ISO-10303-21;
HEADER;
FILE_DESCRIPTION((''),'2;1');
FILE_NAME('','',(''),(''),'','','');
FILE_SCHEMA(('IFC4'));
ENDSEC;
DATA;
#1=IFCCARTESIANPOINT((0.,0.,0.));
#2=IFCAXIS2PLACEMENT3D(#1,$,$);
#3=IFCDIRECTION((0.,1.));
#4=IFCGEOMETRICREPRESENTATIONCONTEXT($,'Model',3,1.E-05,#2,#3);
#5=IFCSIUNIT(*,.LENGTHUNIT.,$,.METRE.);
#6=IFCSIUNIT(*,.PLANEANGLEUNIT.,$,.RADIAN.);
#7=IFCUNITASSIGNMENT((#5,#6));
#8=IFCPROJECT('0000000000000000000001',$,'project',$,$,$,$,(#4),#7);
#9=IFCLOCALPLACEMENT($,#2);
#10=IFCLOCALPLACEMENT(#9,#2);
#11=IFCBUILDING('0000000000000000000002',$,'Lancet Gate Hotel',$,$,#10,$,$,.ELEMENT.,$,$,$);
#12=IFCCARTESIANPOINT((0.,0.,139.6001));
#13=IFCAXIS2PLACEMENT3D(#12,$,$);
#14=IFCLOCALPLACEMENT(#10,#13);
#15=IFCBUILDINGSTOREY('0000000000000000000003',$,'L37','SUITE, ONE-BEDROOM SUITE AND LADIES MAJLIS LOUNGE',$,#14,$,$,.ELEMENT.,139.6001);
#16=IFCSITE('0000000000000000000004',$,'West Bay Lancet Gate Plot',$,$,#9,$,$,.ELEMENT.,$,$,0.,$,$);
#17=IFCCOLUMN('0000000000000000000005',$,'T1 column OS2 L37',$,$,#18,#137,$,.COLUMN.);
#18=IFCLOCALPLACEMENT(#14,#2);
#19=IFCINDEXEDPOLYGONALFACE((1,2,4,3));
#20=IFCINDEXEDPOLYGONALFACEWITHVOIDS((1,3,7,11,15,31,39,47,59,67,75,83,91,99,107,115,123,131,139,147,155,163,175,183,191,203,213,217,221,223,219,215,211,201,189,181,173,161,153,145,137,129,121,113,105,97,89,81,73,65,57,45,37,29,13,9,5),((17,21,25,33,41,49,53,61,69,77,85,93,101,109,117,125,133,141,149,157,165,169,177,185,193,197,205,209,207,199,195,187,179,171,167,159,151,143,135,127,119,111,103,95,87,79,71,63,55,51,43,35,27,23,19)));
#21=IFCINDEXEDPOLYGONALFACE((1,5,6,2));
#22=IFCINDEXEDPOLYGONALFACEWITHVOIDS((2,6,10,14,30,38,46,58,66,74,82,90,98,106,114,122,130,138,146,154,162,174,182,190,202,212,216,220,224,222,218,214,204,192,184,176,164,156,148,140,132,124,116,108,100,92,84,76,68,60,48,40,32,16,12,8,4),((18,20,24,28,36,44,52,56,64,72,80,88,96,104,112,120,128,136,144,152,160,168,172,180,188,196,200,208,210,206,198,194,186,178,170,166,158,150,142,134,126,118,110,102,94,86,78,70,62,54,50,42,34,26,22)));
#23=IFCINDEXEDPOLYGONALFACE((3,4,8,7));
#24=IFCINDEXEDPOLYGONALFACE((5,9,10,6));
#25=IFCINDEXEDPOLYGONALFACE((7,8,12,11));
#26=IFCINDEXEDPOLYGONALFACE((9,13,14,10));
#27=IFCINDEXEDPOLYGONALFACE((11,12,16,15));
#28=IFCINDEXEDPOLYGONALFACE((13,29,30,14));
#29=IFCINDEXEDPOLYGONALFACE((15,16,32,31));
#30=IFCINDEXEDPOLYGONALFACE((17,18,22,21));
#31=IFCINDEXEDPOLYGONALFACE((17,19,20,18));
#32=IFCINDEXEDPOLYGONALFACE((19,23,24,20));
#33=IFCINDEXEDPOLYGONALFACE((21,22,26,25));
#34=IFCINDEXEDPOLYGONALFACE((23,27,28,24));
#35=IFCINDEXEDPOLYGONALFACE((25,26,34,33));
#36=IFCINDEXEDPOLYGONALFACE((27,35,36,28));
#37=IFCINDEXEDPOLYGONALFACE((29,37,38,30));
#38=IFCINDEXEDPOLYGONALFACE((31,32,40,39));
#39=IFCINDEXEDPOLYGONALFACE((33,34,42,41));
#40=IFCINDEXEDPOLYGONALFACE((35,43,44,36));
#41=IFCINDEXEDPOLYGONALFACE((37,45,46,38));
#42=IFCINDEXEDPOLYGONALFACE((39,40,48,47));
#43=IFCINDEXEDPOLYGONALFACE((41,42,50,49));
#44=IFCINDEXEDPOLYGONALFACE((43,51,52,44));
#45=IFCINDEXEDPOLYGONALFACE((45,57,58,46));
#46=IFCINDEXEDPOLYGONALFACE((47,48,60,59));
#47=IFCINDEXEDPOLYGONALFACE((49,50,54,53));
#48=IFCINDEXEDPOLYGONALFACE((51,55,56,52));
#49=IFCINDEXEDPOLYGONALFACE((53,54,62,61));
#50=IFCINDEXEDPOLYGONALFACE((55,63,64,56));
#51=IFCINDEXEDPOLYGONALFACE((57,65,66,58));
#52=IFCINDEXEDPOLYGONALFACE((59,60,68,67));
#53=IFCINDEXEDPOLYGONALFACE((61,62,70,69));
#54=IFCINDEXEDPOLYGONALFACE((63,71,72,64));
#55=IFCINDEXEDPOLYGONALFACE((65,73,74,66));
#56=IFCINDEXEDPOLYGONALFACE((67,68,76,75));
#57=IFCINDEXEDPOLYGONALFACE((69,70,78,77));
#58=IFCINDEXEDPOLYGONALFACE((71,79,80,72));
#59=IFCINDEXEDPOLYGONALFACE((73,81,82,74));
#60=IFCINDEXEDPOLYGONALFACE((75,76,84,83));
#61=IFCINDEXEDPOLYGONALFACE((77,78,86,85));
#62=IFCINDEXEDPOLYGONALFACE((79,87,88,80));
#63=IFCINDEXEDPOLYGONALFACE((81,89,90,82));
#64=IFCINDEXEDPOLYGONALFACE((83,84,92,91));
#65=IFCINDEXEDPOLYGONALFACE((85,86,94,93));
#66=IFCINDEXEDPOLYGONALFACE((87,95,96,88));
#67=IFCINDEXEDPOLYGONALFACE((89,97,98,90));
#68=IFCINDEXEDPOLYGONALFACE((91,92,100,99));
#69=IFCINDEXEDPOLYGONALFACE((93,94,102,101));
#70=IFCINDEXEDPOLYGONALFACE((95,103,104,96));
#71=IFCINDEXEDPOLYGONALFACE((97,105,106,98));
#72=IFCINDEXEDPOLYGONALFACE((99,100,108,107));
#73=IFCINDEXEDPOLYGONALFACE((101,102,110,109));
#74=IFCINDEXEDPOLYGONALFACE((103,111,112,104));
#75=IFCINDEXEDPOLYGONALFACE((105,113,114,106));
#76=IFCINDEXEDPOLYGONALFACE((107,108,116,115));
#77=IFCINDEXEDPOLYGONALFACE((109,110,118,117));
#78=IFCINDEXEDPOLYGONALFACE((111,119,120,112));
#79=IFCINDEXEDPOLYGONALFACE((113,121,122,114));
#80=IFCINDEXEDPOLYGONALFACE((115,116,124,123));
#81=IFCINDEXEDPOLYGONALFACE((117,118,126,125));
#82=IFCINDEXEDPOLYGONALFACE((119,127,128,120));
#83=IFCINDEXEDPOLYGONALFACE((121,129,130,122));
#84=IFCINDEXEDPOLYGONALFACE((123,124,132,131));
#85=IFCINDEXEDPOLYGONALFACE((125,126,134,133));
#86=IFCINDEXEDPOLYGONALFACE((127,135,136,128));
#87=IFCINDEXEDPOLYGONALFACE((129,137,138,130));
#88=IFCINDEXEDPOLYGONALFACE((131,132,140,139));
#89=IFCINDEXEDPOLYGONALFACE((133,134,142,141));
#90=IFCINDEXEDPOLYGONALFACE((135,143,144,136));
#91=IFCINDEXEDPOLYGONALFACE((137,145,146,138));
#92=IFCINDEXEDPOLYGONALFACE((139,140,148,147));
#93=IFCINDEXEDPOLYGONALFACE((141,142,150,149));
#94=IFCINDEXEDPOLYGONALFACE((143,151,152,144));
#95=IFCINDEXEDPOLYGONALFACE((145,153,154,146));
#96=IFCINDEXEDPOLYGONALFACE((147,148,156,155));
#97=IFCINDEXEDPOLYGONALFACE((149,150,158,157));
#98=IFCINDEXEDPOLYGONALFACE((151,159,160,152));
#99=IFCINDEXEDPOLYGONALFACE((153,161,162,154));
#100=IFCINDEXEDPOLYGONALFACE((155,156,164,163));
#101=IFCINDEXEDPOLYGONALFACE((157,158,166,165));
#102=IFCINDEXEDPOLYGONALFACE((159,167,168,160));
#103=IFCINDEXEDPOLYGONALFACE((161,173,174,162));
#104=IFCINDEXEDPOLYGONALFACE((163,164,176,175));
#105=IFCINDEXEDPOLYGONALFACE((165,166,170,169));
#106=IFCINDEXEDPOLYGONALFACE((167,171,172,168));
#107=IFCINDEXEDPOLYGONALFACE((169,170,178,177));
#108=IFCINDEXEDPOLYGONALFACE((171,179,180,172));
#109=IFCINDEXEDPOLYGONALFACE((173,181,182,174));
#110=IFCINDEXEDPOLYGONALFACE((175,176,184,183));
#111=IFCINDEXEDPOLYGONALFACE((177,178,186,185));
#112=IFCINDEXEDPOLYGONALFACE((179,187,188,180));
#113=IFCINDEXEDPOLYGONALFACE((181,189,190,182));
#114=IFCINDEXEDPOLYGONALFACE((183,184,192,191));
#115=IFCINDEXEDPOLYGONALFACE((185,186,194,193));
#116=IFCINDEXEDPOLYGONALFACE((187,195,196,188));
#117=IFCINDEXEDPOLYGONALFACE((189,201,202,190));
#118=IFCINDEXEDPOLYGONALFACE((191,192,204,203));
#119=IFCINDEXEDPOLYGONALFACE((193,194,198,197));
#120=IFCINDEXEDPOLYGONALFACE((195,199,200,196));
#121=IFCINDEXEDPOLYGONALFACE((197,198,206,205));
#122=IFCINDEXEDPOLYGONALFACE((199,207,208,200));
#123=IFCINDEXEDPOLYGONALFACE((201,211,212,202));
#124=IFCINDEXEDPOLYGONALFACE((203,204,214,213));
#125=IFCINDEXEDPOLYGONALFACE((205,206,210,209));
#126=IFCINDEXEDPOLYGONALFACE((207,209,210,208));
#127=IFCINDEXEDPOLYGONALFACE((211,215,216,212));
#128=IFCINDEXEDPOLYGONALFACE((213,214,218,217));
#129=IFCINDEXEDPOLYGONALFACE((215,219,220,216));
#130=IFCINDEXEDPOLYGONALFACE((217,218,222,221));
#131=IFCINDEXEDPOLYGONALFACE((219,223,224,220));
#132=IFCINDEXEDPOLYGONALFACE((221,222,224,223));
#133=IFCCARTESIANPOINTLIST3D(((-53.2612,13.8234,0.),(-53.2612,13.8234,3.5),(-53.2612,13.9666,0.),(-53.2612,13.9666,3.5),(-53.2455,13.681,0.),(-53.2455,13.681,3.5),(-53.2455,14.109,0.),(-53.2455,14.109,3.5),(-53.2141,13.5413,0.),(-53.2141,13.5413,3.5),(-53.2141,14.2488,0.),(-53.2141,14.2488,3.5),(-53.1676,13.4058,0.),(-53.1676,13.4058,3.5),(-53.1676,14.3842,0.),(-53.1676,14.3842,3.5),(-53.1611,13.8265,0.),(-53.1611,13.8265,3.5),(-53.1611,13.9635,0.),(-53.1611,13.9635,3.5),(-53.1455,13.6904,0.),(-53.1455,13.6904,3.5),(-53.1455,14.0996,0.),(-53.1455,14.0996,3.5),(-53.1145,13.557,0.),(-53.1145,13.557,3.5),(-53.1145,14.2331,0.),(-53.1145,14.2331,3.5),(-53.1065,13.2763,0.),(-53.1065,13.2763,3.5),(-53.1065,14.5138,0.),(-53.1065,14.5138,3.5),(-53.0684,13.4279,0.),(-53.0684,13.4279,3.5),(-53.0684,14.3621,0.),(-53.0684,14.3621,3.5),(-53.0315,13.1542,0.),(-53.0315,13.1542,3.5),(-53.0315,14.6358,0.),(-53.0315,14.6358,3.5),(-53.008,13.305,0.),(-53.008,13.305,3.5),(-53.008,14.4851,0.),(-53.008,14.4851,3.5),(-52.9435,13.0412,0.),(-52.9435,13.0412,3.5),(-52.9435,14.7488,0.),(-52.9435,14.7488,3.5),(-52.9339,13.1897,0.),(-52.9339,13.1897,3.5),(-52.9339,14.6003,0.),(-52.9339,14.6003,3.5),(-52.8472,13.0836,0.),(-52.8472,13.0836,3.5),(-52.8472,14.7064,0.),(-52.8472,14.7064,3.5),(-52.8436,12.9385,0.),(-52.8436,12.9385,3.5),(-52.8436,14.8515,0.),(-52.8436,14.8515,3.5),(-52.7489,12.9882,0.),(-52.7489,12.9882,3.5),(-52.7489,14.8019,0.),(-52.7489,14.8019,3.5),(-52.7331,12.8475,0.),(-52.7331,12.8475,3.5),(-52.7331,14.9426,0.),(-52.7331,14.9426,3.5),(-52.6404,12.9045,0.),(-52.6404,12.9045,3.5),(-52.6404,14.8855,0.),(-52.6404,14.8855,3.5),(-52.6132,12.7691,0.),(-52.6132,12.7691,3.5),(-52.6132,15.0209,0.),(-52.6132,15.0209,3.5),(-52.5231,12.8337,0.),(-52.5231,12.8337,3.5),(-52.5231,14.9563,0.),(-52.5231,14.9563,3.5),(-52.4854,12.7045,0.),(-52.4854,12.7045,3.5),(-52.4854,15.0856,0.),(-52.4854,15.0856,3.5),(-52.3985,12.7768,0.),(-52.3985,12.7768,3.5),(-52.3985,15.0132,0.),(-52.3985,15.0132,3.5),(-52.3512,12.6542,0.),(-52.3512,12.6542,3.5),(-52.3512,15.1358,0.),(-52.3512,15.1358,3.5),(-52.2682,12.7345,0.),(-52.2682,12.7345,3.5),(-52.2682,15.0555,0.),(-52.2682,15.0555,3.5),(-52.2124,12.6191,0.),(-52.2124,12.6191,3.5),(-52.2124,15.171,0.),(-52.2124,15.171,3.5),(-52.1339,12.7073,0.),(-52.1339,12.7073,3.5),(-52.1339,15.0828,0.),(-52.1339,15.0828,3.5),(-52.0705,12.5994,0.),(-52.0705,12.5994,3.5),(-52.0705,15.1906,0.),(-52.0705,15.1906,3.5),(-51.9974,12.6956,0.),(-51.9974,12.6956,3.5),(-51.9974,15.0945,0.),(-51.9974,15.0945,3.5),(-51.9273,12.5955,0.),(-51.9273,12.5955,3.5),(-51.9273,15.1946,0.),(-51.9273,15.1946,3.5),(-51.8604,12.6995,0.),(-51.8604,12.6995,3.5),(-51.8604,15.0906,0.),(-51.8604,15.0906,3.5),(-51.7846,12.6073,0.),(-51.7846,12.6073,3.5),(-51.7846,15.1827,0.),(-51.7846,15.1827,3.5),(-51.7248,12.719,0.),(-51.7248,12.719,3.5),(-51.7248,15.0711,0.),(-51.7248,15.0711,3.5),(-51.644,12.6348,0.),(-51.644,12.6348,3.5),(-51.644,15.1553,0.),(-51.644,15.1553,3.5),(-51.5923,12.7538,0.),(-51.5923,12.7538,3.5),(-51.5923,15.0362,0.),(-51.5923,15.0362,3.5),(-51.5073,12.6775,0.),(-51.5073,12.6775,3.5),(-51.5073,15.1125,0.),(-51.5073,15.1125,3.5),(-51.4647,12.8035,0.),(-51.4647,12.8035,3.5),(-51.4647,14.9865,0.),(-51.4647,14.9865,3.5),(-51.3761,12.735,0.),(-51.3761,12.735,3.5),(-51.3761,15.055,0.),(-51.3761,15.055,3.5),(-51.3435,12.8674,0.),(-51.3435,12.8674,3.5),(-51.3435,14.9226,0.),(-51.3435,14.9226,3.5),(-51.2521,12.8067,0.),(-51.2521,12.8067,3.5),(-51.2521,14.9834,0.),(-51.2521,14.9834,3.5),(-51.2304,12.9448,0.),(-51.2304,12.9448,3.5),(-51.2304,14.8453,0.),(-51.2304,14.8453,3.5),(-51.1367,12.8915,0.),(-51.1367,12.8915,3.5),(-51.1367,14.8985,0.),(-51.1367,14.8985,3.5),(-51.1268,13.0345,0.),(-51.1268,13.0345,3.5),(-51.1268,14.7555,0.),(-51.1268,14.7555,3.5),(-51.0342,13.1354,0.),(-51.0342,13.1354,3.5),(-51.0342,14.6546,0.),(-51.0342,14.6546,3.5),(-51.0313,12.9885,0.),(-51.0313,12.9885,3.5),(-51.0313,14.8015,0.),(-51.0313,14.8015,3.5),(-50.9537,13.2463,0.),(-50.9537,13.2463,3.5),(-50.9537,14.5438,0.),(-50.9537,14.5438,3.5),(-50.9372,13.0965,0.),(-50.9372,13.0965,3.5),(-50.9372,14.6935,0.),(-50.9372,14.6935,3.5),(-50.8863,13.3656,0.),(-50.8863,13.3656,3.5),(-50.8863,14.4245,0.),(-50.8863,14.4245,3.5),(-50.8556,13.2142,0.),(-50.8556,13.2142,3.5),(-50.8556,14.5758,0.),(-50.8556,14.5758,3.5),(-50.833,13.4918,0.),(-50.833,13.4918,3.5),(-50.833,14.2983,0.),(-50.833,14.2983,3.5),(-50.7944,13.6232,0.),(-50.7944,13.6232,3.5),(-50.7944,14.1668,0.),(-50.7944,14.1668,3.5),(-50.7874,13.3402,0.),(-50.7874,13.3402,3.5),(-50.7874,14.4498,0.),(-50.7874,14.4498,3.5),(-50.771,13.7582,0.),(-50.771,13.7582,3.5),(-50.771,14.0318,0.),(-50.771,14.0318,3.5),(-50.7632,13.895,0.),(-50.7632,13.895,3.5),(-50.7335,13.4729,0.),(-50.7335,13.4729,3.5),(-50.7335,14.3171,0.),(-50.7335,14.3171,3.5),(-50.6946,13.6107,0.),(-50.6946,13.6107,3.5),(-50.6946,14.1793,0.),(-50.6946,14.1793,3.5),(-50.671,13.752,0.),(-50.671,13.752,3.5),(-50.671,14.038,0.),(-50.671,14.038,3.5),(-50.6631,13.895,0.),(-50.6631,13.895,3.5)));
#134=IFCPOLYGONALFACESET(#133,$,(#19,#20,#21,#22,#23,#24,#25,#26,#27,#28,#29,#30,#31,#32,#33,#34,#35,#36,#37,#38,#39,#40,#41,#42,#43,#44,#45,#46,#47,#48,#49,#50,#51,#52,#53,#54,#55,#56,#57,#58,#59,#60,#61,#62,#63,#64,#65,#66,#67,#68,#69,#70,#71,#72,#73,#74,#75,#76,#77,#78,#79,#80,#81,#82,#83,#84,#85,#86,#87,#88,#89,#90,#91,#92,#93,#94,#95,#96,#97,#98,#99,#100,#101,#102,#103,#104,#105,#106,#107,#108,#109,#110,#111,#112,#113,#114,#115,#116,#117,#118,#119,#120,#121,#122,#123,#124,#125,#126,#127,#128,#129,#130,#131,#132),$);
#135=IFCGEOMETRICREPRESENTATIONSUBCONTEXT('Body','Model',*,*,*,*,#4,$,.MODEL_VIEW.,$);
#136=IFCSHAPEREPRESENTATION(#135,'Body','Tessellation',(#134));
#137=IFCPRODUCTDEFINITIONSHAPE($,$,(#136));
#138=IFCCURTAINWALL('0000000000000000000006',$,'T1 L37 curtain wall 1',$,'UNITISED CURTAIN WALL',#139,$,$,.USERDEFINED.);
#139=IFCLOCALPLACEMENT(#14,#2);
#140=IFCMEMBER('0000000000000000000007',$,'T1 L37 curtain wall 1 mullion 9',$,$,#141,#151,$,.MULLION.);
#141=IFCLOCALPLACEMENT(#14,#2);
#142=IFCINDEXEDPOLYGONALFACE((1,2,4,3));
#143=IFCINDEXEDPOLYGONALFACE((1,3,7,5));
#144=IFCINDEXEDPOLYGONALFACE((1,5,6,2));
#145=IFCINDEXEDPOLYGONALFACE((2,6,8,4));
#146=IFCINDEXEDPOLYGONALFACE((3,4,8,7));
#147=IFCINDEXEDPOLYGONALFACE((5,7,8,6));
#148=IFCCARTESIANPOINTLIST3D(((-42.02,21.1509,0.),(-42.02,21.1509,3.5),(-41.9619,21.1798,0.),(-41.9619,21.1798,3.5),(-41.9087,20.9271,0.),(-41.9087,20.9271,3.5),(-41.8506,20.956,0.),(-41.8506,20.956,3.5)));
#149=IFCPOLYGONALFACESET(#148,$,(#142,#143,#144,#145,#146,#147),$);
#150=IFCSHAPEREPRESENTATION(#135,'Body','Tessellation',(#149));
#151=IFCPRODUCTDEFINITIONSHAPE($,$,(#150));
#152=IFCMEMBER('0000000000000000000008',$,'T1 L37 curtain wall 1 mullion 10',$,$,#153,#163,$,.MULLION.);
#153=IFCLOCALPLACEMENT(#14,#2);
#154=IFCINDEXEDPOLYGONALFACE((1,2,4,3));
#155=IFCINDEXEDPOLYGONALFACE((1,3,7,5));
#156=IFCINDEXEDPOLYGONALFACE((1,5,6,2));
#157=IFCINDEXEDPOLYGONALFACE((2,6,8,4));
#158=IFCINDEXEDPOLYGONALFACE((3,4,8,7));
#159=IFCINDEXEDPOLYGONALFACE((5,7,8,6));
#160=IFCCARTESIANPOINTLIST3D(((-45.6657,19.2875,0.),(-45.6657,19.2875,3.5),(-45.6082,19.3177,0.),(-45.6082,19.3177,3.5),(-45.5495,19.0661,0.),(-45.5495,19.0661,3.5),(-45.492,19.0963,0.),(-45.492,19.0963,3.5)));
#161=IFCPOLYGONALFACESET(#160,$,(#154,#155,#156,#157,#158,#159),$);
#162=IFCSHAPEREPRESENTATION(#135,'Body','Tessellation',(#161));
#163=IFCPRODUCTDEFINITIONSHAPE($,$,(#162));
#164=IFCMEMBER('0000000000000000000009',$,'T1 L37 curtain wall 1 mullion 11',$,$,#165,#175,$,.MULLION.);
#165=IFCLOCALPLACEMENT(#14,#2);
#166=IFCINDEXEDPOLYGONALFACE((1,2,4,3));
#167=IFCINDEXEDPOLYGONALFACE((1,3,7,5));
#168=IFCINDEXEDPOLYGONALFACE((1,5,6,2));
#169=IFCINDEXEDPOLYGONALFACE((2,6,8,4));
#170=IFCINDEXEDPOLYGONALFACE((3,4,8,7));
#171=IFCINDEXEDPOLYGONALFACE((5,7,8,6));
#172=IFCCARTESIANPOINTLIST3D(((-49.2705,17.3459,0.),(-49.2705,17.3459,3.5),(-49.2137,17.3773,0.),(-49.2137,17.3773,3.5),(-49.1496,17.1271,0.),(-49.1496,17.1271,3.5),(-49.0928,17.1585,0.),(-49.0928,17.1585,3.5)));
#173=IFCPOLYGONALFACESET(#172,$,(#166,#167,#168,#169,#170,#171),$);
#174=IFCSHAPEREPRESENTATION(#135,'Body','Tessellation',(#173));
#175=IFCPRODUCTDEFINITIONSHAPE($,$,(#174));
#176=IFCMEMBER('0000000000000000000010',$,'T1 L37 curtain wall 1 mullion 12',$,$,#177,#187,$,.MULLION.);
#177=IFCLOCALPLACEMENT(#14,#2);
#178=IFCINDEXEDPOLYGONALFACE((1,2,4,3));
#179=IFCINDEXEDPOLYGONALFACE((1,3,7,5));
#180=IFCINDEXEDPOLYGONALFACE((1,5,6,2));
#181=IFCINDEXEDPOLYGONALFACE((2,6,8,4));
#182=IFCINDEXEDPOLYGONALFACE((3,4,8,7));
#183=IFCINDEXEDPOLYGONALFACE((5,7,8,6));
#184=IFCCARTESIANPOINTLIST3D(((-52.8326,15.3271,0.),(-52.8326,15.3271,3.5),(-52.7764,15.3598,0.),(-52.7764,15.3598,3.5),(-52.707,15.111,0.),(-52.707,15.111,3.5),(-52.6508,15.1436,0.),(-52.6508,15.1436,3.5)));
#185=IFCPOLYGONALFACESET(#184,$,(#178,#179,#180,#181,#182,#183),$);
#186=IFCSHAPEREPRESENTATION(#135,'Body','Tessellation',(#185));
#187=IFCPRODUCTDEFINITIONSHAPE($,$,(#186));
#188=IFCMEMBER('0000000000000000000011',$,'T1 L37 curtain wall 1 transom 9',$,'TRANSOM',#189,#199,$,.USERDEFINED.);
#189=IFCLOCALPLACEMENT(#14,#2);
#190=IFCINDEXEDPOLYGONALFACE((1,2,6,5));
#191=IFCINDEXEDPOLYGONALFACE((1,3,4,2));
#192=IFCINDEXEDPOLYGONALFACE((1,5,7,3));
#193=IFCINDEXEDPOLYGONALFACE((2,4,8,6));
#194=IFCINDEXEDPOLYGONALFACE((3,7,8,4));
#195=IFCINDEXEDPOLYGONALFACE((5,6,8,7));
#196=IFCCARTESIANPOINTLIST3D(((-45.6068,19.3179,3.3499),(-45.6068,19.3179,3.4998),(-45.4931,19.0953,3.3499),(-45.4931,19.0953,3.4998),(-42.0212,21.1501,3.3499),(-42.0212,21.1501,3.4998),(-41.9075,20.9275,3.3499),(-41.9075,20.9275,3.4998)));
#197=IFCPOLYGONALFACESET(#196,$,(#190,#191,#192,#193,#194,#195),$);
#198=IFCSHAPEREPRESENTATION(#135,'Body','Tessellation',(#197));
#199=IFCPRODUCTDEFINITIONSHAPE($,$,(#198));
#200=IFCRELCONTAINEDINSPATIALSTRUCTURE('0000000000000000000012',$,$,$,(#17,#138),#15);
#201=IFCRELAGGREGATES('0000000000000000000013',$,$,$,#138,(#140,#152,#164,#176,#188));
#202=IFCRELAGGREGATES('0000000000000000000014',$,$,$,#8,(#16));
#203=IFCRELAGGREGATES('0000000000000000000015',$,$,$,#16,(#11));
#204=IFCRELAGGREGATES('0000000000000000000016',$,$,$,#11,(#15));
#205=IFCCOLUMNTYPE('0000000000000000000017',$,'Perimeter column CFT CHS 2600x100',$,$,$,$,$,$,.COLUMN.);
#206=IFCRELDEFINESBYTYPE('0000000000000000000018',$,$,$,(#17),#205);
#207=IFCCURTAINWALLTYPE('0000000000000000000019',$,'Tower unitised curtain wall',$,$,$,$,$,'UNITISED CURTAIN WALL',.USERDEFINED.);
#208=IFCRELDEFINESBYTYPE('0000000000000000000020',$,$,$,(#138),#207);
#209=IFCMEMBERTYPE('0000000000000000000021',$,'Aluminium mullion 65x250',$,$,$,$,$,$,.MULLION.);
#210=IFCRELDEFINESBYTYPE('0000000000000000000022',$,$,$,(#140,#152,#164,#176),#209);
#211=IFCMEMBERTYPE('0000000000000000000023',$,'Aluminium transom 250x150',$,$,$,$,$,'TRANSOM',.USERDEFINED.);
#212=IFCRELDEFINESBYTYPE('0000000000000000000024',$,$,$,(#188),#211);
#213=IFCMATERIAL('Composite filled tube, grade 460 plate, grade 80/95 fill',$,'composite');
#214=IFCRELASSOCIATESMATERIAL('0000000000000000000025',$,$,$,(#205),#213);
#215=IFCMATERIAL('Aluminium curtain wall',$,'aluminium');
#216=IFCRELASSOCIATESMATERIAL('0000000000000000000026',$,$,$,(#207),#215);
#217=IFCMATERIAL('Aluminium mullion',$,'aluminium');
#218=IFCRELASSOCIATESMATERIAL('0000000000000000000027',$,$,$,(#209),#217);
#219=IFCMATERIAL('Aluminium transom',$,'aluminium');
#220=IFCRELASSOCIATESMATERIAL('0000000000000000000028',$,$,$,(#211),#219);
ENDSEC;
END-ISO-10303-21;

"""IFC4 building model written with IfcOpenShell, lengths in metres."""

from ifc_helpers import new_model, si_unit, direction, frame, origin, origin_2d, place, context, subcontext, project, spatial, rectangle, hollow_circle, extrude, material, material_profile, profile_set, type_object, element, aggregate, save


model = new_model("IFC4")

# Units and contexts
model_context = context("Model", 3, precision=1e-05, world=origin(), true_north=direction((0.0, 1.0)))
body_context = subcontext(model_context, "Body", "Model", "MODEL_VIEW")
ifc_project = project(units=[si_unit("LENGTHUNIT", "METRE"), si_unit("PLANEANGLEUNIT", "RADIAN")], contexts=[model_context])

# Site, building, storey
site_placement = place(None, origin())
site = spatial("IfcSite", under=ifc_project, at=site_placement, Name="West Bay Lancet Gate Plot", CompositionType="ELEMENT", RefElevation=0.0)
building_placement = place(site_placement, origin())
building = spatial("IfcBuilding", under=site, at=building_placement, Name="Lancet Gate Hotel", CompositionType="ELEMENT")
storey_placement = place(building_placement, frame((0.0, 0.0, 139.6001)))
storey = spatial("IfcBuildingStorey", under=building, at=storey_placement, Name="L37", Description="SUITE, ONE-BEDROOM SUITE AND LADIES MAJLIS LOUNGE", CompositionType="ELEMENT", Elevation=139.6001)

# Column
ifc_material_1 = material(Name="Composite filled tube, grade 460 plate, grade 80/95 fill", Category="composite")
ifc_material_profile_1 = material_profile(ifc_material_1, hollow_circle(Radius=1.3, WallThickness=0.1001, at=origin_2d()), Name="CHS 2600x100")
ifc_profile_set_1 = profile_set([ifc_material_profile_1], Name="Composite filled tube, grade 460 plate, grade 80/95 fill")
column_type = type_object("IfcColumnType", Name="Perimeter column CFT CHS 2600x100", PredefinedType="COLUMN", material=ifc_profile_set_1)
for number, where, z_axis, x_axis, name in (
    (1, (-51.9631, 13.895, 0.0), (0.0, 0.0, 1.0), (1.0, 0.0, 0.0), "T1 column OS2 L37"),
):
    element("IfcColumn", number, at=place(storey_placement, frame(where, z_axis=z_axis, x_axis=x_axis)), inside=storey, type_object=column_type, Name=name, PredefinedType="COLUMN", context=body_context, shape_type="SweptSolid", body=[
        extrude(hollow_circle(Radius=1.3, WallThickness=0.1001, at=origin_2d()), origin(), (0.0, 0.0, 1.0), 3.5),
    ])

# Curtain wall, members
ifc_material_2 = material(Name="Aluminium curtain wall", Category="aluminium")
curtain_wall_type = type_object("IfcCurtainWallType", Name="Tower unitised curtain wall", ElementType="UNITISED CURTAIN WALL", PredefinedType="USERDEFINED", material=ifc_material_2)
curtain_wall_placement = place(storey_placement, origin())
curtain_wall = element("IfcCurtainWall", 2, at=curtain_wall_placement, inside=storey, type_object=curtain_wall_type, Name="T1 L37 curtain wall 1", ObjectType="UNITISED CURTAIN WALL", PredefinedType="USERDEFINED")
ifc_material_3 = material(Name="Aluminium mullion", Category="aluminium")
ifc_material_profile_2 = material_profile(ifc_material_3, rectangle(XDim=0.0649, YDim=0.25, at=origin_2d()), Name="MULLION 65x250")
ifc_profile_set_2 = profile_set([ifc_material_profile_2], Name="Aluminium mullion")
member_type_1 = type_object("IfcMemberType", Name="Aluminium mullion 65x250", PredefinedType="MULLION", material=ifc_profile_set_2)
member_1_placement = place(storey_placement, frame((-41.9353, 21.0535, 0.0), z_axis=(0.0, 0.0, 1.0), x_axis=(-0.895339, -0.445384, 0.0)))
member_1 = element("IfcMember", 3, at=member_1_placement, type_object=member_type_1, Name="T1 L37 curtain wall 1 mullion 9", PredefinedType="MULLION", context=body_context, shape_type="SweptSolid", body=[
    extrude(rectangle(XDim=0.0649, YDim=0.25, at=origin_2d()), origin(), (0.0, 0.0, 1.0), 3.5),
])
member_2_placement = place(storey_placement, frame((-45.5789, 19.1919, 0.0), z_axis=(0.0, 0.0, 1.0), x_axis=(-0.885544, -0.464555, 0.0)))
member_2 = element("IfcMember", 4, at=member_2_placement, type_object=member_type_1, Name="T1 L37 curtain wall 1 mullion 10", PredefinedType="MULLION", context=body_context, shape_type="SweptSolid", body=[
    extrude(rectangle(XDim=0.0649, YDim=0.25, at=origin_2d()), origin(), (0.0, 0.0, 1.0), 3.5),
])
member_3_placement = place(storey_placement, frame((-49.1816, 17.2522, 0.0), z_axis=(0.0, 0.0, 1.0), x_axis=(-0.875339, -0.48351, 0.0)))
member_3 = element("IfcMember", 5, at=member_3_placement, type_object=member_type_1, Name="T1 L37 curtain wall 1 mullion 11", PredefinedType="MULLION", context=body_context, shape_type="SweptSolid", body=[
    extrude(rectangle(XDim=0.0649, YDim=0.25, at=origin_2d()), origin(), (0.0, 0.0, 1.0), 3.5),
])
member_4_placement = place(storey_placement, frame((-52.7417, 15.2354, 0.0), z_axis=(0.0, 0.0, 1.0), x_axis=(-0.864728, -0.502241, 0.0)))
member_4 = element("IfcMember", 6, at=member_4_placement, type_object=member_type_1, Name="T1 L37 curtain wall 1 mullion 12", PredefinedType="MULLION", context=body_context, shape_type="SweptSolid", body=[
    extrude(rectangle(XDim=0.0649, YDim=0.25, at=origin_2d()), origin(), (0.0, 0.0, 1.0), 3.5),
])
ifc_material_4 = material(Name="Aluminium transom", Category="aluminium")
ifc_material_profile_3 = material_profile(ifc_material_4, rectangle(XDim=0.25, YDim=0.1499, at=origin_2d()), Name="TRANSOM 250x150")
ifc_profile_set_3 = profile_set([ifc_material_profile_3], Name="Aluminium transom")
member_type_2 = type_object("IfcMemberType", Name="Aluminium transom 250x150", ElementType="TRANSOM", PredefinedType="USERDEFINED", material=ifc_profile_set_3)
member_5_placement = place(storey_placement, frame((-41.9644, 21.0388, 3.4248), z_axis=(-0.890476, -0.45503, 0.0), x_axis=(0.45503, -0.890476, 0.0)))
member_5 = element("IfcMember", 7, at=member_5_placement, type_object=member_type_2, Name="T1 L37 curtain wall 1 transom 9", ObjectType="TRANSOM", PredefinedType="USERDEFINED", context=body_context, shape_type="SweptSolid", body=[
    extrude(rectangle(XDim=0.25, YDim=0.1499, at=origin_2d()), origin(), (0.0, 0.0, 1.0), 4.0266),
])

aggregate(curtain_wall, [member_1, member_2, member_3, member_4, member_5])

save(model, "model.ifc")
